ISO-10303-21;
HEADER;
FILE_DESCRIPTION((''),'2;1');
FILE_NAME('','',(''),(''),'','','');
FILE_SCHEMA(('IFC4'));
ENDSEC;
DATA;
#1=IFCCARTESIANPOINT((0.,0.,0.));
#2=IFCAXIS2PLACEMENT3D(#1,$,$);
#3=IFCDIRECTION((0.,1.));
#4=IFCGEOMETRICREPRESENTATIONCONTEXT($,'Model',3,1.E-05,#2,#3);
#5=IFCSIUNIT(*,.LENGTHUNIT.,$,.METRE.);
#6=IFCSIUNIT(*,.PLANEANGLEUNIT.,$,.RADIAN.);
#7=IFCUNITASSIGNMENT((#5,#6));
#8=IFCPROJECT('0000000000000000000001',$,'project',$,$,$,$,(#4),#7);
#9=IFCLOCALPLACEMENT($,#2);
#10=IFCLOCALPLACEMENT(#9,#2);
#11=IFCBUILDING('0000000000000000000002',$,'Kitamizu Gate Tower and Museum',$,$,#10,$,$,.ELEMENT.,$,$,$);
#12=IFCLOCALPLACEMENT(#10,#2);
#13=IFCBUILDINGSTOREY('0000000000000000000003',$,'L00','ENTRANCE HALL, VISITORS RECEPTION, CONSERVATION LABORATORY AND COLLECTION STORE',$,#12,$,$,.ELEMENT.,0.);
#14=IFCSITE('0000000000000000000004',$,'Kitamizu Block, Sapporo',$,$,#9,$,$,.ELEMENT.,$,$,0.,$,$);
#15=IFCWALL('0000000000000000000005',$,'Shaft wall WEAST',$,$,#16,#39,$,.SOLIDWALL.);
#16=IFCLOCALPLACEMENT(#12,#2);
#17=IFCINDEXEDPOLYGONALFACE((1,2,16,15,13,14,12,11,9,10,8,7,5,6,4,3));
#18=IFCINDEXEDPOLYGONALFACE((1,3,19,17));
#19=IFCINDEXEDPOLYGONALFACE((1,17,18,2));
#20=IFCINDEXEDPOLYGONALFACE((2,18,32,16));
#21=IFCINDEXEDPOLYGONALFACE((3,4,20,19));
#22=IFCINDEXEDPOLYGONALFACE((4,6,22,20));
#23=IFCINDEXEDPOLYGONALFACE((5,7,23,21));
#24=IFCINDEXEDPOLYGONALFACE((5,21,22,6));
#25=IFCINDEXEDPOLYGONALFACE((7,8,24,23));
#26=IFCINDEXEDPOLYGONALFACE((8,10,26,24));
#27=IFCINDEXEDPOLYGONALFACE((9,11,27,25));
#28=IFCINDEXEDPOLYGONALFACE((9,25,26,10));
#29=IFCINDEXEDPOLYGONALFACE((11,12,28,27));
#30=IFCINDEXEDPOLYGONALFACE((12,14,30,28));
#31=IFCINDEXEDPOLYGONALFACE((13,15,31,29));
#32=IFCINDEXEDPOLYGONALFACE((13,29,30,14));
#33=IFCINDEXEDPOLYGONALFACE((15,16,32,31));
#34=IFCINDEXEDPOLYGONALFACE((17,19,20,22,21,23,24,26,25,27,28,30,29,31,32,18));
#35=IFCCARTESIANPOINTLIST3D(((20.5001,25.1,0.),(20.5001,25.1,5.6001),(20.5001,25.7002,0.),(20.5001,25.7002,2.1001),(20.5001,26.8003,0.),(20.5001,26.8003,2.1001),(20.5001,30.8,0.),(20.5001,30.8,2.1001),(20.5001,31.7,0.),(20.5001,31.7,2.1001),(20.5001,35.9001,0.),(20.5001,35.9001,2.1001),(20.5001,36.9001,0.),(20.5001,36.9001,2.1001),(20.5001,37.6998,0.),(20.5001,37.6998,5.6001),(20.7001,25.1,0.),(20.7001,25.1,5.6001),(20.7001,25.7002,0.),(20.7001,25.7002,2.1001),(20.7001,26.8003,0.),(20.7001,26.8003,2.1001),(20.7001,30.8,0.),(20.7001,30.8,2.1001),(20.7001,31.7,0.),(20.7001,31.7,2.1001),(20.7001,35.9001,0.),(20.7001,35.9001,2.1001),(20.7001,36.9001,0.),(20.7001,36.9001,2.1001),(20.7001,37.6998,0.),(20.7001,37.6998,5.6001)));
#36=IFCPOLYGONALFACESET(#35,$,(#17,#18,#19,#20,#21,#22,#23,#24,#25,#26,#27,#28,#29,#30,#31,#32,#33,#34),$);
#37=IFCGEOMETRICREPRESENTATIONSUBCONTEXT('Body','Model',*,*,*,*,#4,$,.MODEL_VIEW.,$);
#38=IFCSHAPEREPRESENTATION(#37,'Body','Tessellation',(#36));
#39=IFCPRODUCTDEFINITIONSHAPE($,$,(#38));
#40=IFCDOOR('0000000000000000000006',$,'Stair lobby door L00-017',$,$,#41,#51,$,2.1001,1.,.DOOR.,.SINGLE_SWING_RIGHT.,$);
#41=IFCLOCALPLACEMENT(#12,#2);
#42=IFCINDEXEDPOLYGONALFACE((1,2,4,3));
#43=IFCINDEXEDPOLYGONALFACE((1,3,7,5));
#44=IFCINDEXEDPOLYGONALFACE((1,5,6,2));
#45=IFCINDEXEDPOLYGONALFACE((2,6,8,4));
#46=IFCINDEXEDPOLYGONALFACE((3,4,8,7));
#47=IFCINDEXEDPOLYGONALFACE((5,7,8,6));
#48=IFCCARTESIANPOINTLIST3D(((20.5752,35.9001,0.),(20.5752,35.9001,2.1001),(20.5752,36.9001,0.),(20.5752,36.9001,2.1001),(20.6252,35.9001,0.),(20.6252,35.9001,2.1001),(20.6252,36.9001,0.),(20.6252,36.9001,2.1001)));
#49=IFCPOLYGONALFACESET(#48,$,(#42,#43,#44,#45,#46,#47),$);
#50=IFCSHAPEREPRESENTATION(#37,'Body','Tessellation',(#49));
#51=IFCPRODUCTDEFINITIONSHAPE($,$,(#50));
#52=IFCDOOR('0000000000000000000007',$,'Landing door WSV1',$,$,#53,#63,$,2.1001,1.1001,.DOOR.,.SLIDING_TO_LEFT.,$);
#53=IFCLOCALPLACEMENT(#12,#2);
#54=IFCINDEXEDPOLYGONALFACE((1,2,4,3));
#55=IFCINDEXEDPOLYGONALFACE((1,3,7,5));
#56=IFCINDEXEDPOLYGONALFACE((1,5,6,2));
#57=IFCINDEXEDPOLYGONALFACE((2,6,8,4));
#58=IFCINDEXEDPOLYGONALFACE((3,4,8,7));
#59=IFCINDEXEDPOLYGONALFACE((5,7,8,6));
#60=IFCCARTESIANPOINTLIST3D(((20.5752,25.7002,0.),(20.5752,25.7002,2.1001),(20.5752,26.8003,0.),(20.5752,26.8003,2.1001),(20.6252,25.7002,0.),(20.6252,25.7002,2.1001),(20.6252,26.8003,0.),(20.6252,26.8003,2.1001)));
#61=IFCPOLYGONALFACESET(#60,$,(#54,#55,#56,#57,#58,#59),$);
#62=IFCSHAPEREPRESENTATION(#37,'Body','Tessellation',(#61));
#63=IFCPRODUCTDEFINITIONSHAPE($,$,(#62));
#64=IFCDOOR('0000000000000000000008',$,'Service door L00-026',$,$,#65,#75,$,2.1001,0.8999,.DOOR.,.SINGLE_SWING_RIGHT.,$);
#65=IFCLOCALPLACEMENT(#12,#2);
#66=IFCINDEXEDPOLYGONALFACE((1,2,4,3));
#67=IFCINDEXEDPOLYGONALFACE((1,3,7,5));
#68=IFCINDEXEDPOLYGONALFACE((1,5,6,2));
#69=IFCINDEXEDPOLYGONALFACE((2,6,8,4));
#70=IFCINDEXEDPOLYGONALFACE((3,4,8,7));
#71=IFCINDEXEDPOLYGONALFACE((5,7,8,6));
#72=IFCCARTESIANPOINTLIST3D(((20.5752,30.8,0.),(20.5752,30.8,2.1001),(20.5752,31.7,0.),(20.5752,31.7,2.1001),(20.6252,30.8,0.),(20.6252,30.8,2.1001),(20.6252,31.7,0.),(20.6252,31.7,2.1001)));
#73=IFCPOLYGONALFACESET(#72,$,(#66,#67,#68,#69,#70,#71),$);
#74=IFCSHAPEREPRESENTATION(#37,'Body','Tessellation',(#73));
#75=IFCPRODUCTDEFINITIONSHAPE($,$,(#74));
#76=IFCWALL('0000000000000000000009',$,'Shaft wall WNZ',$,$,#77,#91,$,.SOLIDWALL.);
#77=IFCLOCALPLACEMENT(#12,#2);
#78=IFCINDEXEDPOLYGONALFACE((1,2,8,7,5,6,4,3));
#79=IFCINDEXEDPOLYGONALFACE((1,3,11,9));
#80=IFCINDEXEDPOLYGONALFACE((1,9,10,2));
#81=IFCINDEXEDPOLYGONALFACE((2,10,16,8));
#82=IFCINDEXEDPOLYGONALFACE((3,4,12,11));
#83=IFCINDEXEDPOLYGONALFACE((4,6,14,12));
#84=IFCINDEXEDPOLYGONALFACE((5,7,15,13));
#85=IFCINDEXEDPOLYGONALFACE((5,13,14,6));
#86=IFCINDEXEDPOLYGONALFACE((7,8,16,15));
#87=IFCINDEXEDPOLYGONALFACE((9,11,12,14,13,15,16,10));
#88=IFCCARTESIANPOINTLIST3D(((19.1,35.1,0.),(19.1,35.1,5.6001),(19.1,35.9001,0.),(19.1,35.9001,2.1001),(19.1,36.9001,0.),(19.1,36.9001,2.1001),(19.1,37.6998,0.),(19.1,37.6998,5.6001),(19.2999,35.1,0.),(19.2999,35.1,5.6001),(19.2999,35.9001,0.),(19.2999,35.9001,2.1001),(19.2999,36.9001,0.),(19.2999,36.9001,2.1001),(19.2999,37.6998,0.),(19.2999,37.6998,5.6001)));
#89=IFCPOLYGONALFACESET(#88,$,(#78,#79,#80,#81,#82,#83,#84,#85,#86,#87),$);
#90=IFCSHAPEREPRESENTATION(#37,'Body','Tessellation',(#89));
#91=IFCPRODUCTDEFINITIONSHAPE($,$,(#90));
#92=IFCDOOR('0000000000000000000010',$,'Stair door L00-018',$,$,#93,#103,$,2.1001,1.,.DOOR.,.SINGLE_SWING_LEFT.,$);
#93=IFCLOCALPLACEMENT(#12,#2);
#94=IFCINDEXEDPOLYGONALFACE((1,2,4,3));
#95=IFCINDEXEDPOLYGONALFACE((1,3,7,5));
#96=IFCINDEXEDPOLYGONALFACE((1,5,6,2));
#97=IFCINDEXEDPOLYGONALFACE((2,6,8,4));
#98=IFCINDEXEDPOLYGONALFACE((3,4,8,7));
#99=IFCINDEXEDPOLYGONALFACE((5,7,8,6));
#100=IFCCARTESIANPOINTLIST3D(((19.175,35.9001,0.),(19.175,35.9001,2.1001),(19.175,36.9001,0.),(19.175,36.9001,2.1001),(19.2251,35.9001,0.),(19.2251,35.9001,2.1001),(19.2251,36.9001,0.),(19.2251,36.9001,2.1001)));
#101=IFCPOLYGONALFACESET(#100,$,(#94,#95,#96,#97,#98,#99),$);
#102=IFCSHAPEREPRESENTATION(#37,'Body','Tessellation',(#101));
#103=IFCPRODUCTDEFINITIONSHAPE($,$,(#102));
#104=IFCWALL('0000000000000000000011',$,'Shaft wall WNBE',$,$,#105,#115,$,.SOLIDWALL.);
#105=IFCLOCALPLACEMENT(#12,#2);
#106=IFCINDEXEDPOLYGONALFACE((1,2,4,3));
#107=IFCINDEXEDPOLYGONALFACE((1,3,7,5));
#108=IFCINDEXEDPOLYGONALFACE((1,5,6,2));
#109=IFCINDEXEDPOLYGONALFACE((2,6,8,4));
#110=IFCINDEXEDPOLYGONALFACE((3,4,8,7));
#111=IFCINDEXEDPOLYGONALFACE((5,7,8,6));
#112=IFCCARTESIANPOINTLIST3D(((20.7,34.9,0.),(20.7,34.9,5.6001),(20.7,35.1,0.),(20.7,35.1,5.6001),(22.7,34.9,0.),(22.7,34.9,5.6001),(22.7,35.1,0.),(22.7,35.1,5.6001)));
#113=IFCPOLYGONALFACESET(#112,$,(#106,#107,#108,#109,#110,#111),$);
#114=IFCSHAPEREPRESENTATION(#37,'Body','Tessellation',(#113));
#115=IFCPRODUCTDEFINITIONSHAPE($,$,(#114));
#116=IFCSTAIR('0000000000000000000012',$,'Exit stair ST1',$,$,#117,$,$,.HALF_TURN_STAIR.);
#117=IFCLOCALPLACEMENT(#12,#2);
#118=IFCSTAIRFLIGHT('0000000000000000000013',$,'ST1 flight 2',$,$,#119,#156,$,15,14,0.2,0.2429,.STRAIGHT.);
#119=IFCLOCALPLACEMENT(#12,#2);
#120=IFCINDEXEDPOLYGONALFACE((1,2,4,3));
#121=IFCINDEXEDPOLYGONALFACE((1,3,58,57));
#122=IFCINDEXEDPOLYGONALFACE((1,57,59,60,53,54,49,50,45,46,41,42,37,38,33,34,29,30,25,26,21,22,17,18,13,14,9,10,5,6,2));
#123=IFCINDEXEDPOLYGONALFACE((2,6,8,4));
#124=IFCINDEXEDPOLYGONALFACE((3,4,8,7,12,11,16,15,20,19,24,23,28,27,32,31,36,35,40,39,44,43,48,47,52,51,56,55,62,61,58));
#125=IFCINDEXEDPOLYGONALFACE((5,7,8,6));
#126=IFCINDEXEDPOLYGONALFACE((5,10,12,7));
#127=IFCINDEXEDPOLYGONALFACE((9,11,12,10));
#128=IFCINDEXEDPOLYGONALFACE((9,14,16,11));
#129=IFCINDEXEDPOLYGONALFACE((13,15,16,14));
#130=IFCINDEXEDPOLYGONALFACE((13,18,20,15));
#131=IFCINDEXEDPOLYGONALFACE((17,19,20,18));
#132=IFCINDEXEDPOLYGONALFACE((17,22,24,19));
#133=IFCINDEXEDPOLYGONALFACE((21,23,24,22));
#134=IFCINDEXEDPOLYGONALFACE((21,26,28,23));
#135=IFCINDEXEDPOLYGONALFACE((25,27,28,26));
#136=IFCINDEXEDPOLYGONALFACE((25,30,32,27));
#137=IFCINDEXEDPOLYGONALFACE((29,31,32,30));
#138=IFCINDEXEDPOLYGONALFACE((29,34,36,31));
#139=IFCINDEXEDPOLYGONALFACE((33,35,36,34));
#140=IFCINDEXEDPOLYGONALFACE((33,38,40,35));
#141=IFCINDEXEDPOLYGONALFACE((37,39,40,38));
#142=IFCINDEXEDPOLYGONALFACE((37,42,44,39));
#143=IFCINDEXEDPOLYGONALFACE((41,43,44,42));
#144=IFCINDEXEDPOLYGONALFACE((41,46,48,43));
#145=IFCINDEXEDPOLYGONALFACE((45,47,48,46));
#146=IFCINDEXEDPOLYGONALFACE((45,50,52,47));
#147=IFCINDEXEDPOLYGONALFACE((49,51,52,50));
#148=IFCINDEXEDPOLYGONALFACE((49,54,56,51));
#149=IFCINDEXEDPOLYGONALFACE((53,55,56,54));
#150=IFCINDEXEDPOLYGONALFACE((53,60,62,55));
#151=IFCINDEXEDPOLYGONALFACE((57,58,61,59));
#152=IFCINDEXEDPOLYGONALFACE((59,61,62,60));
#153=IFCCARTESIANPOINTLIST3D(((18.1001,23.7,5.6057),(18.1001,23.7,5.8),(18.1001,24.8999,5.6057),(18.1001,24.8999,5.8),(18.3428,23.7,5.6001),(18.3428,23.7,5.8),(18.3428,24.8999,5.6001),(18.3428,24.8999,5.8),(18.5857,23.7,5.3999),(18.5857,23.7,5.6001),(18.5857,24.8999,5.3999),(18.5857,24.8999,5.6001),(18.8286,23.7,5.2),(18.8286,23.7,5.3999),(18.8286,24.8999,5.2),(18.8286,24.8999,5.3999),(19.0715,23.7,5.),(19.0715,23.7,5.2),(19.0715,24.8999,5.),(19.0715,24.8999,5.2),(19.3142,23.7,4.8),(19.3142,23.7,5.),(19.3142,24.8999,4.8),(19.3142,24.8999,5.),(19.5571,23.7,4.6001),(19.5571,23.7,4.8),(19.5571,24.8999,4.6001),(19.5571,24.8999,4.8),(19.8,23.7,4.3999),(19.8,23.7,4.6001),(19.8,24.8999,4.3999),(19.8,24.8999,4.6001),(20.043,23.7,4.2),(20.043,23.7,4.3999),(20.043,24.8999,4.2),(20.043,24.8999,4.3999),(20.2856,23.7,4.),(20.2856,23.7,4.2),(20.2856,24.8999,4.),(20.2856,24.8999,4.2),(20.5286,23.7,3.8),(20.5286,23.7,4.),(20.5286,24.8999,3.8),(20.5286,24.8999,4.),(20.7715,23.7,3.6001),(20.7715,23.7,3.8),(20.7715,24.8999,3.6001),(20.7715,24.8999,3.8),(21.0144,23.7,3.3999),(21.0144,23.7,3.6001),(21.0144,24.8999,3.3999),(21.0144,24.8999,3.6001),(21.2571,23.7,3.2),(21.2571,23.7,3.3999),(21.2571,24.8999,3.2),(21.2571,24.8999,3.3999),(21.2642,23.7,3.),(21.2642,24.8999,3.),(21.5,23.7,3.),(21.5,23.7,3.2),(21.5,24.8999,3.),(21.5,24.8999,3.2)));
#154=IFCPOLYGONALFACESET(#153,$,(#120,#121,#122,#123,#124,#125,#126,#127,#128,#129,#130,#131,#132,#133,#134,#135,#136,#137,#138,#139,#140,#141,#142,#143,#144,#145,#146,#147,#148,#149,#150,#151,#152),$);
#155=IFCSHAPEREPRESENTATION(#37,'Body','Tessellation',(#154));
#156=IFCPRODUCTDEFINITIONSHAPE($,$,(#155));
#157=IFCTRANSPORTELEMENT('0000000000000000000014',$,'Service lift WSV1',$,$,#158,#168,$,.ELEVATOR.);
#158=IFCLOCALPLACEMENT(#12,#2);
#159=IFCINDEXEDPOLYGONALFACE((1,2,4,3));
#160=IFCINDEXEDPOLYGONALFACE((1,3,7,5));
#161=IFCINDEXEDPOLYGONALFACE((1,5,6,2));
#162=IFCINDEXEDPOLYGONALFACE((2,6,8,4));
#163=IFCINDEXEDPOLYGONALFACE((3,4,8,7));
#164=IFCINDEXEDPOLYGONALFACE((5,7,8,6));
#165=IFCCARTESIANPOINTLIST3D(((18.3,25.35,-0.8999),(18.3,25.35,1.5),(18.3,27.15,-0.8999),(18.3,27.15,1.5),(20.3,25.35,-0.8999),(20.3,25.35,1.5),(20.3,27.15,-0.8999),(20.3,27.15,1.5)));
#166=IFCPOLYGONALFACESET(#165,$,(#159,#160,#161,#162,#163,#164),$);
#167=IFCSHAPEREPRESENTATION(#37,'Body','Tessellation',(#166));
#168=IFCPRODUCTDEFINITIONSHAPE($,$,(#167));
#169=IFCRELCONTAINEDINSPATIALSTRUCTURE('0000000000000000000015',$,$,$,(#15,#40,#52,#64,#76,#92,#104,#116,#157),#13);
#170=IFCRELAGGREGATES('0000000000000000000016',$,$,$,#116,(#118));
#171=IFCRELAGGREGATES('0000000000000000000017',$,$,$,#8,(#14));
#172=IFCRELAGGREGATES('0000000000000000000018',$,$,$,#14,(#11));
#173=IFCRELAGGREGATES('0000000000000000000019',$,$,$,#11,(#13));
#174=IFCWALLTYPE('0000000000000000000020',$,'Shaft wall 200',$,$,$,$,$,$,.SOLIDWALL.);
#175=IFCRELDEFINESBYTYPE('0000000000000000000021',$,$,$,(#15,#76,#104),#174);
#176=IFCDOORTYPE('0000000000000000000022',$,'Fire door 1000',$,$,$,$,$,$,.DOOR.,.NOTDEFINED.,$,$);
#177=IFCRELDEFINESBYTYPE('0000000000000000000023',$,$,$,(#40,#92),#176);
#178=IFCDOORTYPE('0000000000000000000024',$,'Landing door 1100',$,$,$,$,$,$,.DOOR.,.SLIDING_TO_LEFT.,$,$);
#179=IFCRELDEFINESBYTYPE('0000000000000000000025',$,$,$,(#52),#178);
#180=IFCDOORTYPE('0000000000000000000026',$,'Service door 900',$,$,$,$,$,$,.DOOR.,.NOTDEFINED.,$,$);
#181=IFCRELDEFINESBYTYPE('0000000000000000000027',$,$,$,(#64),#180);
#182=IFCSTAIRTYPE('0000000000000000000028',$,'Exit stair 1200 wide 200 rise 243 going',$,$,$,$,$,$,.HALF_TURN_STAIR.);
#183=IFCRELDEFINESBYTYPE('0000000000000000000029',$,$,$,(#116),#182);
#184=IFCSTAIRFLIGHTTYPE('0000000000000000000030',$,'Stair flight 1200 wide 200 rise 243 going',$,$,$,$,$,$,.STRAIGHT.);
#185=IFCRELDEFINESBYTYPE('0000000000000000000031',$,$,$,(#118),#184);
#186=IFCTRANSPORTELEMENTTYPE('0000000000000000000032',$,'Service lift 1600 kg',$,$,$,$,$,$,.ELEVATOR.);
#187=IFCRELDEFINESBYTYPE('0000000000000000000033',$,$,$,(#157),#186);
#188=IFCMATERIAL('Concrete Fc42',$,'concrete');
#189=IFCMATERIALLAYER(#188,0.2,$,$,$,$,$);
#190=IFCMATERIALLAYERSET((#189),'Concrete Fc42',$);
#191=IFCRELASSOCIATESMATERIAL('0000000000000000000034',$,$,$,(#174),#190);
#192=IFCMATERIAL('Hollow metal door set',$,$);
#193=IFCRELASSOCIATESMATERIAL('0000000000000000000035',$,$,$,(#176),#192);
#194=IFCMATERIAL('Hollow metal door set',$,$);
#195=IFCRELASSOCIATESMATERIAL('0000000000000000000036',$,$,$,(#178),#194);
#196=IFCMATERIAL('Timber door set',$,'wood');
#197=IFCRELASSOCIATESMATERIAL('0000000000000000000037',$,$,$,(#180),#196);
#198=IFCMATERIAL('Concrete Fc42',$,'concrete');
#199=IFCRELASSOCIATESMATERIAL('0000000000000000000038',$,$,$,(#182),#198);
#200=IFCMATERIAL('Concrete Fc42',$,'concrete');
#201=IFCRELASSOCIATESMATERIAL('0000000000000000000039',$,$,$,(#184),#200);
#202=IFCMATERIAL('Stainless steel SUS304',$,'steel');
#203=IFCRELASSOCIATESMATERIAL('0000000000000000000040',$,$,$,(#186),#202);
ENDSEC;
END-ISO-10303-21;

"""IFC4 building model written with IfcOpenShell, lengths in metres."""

from ifc_helpers import new_model, si_unit, direction, frame, frame_2d, origin, origin_2d, place, context, subcontext, project, spatial, polyline, rectangle, outline, extrude, material, layer, layer_set, type_object, element, fill, aggregate, save


model = new_model("IFC4")

# Units and contexts
model_context = context("Model", 3, precision=1e-05, world=origin(), true_north=direction((0.0, 1.0)))
body_context = subcontext(model_context, "Body", "Model", "MODEL_VIEW")
ifc_project = project(units=[si_unit("LENGTHUNIT", "METRE"), si_unit("PLANEANGLEUNIT", "RADIAN")], contexts=[model_context])

# Site, building, storey
site_placement = place(None, origin())
site = spatial("IfcSite", under=ifc_project, at=site_placement, Name="Kitamizu Block, Sapporo", CompositionType="ELEMENT", RefElevation=0.0)
building_placement = place(site_placement, origin())
building = spatial("IfcBuilding", under=site, at=building_placement, Name="Kitamizu Gate Tower and Museum", CompositionType="ELEMENT")
storey_placement = place(building_placement, origin())
storey = spatial("IfcBuildingStorey", under=building, at=storey_placement, Name="L00", Description="ENTRANCE HALL, VISITORS RECEPTION, CONSERVATION LABORATORY AND COLLECTION STORE", CompositionType="ELEMENT", Elevation=0.0)

# Wall, openings, doors
ifc_material_1 = material(Name="Concrete Fc42", Category="concrete")
ifc_layer_1 = layer(ifc_material_1, 0.2)
ifc_layer_set_1 = layer_set([ifc_layer_1], Name="Concrete Fc42")
wall_type_1 = type_object("IfcWallType", Name="Shaft wall 200", PredefinedType="SOLIDWALL", material=ifc_layer_set_1)
wall_1_placement = place(storey_placement, frame((20.6001, 25.1001, 0.0), z_axis=(0.0, 0.0, 1.0), x_axis=(0.0, 1.0, 0.0)))
wall_1 = element("IfcWall", 1, at=wall_1_placement, inside=storey, type_object=wall_type_1, Name="Shaft wall WEAST", PredefinedType="SOLIDWALL", context=body_context, shape_type="SweptSolid", body=[
    extrude(rectangle(XDim=12.5999, YDim=0.2, at=frame_2d((6.2998, 0.0))), origin(), (0.0, 0.0, 1.0), 5.6001),
])
opening_1_placement = place(wall_1_placement, frame((0.6001, 0.0, 0.0)))
opening_1 = element("IfcOpeningElement", 2, at=opening_1_placement, cuts=wall_1, PredefinedType="OPENING", context=body_context, shape_type="SweptSolid", body=[
    extrude(rectangle(XDim=1.1001, YDim=2.1001, at=frame_2d((0.55, 1.05))), frame((0.0, 0.1099, 0.0), z_axis=(0.0, -1.0, 0.0), x_axis=(1.0, 0.0, 0.0)), (0.0, 0.0, 1.0), 0.22),
])
opening_2_placement = place(wall_1_placement, frame((10.8, 0.0, 0.0)))
opening_2 = element("IfcOpeningElement", 3, at=opening_2_placement, cuts=wall_1, PredefinedType="OPENING", context=body_context, shape_type="SweptSolid", body=[
    extrude(rectangle(XDim=1.0, YDim=2.1001, at=frame_2d((0.5, 1.05))), frame((0.0, 0.1099, 0.0), z_axis=(0.0, -1.0, 0.0), x_axis=(1.0, 0.0, 0.0)), (0.0, 0.0, 1.0), 0.22),
])
opening_3_placement = place(wall_1_placement, frame((5.7, 0.0, 0.0)))
opening_3 = element("IfcOpeningElement", 4, at=opening_3_placement, cuts=wall_1, PredefinedType="OPENING", context=body_context, shape_type="SweptSolid", body=[
    extrude(rectangle(XDim=0.8999, YDim=2.1001, at=frame_2d((0.45, 1.05))), frame((0.0, 0.1099, 0.0), z_axis=(0.0, -1.0, 0.0), x_axis=(1.0, 0.0, 0.0)), (0.0, 0.0, 1.0), 0.22),
])
ifc_material_2 = material(Name="Hollow metal door set")
door_type_1 = type_object("IfcDoorType", Name="Fire door 1000", OperationType="NOTDEFINED", PredefinedType="DOOR", material=ifc_material_2)
door_1_placement = place(opening_2_placement, origin())
door_1 = element("IfcDoor", 5, at=door_1_placement, inside=storey, type_object=door_type_1, Name="Stair lobby door L00-017", OperationType="SINGLE_SWING_RIGHT", OverallHeight=2.1001, OverallWidth=1.0, PredefinedType="DOOR", context=body_context, shape_type="SweptSolid", body=[
    extrude(rectangle(XDim=1.0, YDim=2.1001, at=frame_2d((0.5, 1.05))), frame((0.0, 0.0249, 0.0), z_axis=(0.0, -1.0, 0.0), x_axis=(1.0, 0.0, 0.0)), (0.0, 0.0, 1.0), 0.05),
])
fill(opening_2, door_1)
ifc_material_3 = material(Name="Hollow metal door set")
door_type_2 = type_object("IfcDoorType", Name="Landing door 1100", OperationType="SLIDING_TO_LEFT", PredefinedType="DOOR", material=ifc_material_3)
door_2_placement = place(opening_1_placement, origin())
door_2 = element("IfcDoor", 6, at=door_2_placement, inside=storey, type_object=door_type_2, Name="Landing door WSV1", OperationType="SLIDING_TO_LEFT", OverallHeight=2.1001, OverallWidth=1.1001, PredefinedType="DOOR", context=body_context, shape_type="SweptSolid", body=[
    extrude(rectangle(XDim=1.1001, YDim=2.1001, at=frame_2d((0.55, 1.05))), frame((0.0, 0.0249, 0.0), z_axis=(0.0, -1.0, 0.0), x_axis=(1.0, 0.0, 0.0)), (0.0, 0.0, 1.0), 0.05),
])
fill(opening_1, door_2)
ifc_material_4 = material(Name="Timber door set", Category="wood")
door_type_3 = type_object("IfcDoorType", Name="Service door 900", OperationType="NOTDEFINED", PredefinedType="DOOR", material=ifc_material_4)
door_3_placement = place(opening_3_placement, origin())
door_3 = element("IfcDoor", 7, at=door_3_placement, inside=storey, type_object=door_type_3, Name="Service door L00-026", OperationType="SINGLE_SWING_RIGHT", OverallHeight=2.1001, OverallWidth=0.8999, PredefinedType="DOOR", context=body_context, shape_type="SweptSolid", body=[
    extrude(rectangle(XDim=0.8999, YDim=2.1001, at=frame_2d((0.45, 1.05))), frame((0.0, 0.0249, 0.0), z_axis=(0.0, -1.0, 0.0), x_axis=(1.0, 0.0, 0.0)), (0.0, 0.0, 1.0), 0.05),
])
fill(opening_3, door_3)

# Wall, opening, door
wall_2_placement = place(storey_placement, frame((19.2, 35.1001, 0.0), z_axis=(0.0, 0.0, 1.0), x_axis=(0.0, 1.0, 0.0)))
wall_2 = element("IfcWall", 8, at=wall_2_placement, inside=storey, type_object=wall_type_1, Name="Shaft wall WNZ", PredefinedType="SOLIDWALL", context=body_context, shape_type="SweptSolid", body=[
    extrude(rectangle(XDim=2.5999, YDim=0.2, at=frame_2d((1.2998, 0.0))), origin(), (0.0, 0.0, 1.0), 5.6001),
])
opening_4_placement = place(wall_2_placement, frame((0.8, 0.0, 0.0)))
opening_4 = element("IfcOpeningElement", 9, at=opening_4_placement, cuts=wall_2, PredefinedType="OPENING", context=body_context, shape_type="SweptSolid", body=[
    extrude(rectangle(XDim=1.0, YDim=2.1001, at=frame_2d((0.5, 1.05))), frame((0.0, 0.1099, 0.0), z_axis=(0.0, -1.0, 0.0), x_axis=(1.0, 0.0, 0.0)), (0.0, 0.0, 1.0), 0.22),
])
door_4_placement = place(opening_4_placement, origin())
door_4 = element("IfcDoor", 10, at=door_4_placement, inside=storey, type_object=door_type_1, Name="Stair door L00-018", OperationType="SINGLE_SWING_LEFT", OverallHeight=2.1001, OverallWidth=1.0, PredefinedType="DOOR", context=body_context, shape_type="SweptSolid", body=[
    extrude(rectangle(XDim=1.0, YDim=2.1001, at=frame_2d((0.5, 1.05))), frame((0.0, 0.0249, 0.0), z_axis=(0.0, -1.0, 0.0), x_axis=(1.0, 0.0, 0.0)), (0.0, 0.0, 1.0), 0.05),
])
fill(opening_4, door_4)

# Wall
wall_3_placement = place(storey_placement, frame((20.7, 35.0, 0.0), z_axis=(0.0, 0.0, 1.0), x_axis=(1.0, 0.0, 0.0)))
element("IfcWall", 11, at=wall_3_placement, inside=storey, type_object=wall_type_1, Name="Shaft wall WNBE", PredefinedType="SOLIDWALL", context=body_context, shape_type="SweptSolid", body=[
    extrude(rectangle(XDim=2.0, YDim=0.2, at=frame_2d((1.0, 0.0))), origin(), (0.0, 0.0, 1.0), 5.6001),
])

# Stair, stair flight
ifc_material_5 = material(Name="Concrete Fc42", Category="concrete")
stair_type = type_object("IfcStairType", Name="Exit stair 1200 wide 200 rise 243 going", PredefinedType="HALF_TURN_STAIR", material=ifc_material_5)
stair_placement = place(storey_placement, origin())
stair = element("IfcStair", 12, at=stair_placement, inside=storey, type_object=stair_type, Name="Exit stair ST1", PredefinedType="HALF_TURN_STAIR")
ifc_material_6 = material(Name="Concrete Fc42", Category="concrete")
stair_flight_type = type_object("IfcStairFlightType", Name="Stair flight 1200 wide 200 rise 243 going", PredefinedType="STRAIGHT", material=ifc_material_6)
stair_flight_placement = place(storey_placement, frame((21.5, 24.3, 3.0), z_axis=(0.0, 0.0, 1.0), x_axis=(-1.0, 0.0, 0.0)))
stair_flight = element("IfcStairFlight", 13, at=stair_flight_placement, type_object=stair_flight_type, Name="ST1 flight 2", NumberOfRisers=15, NumberOfTreads=14, PredefinedType="STRAIGHT", RiserHeight=0.2, TreadLength=0.2429, context=body_context, shape_type="SweptSolid", body=[
    extrude(outline(polyline([(0.0, 0.0), (0.0, 0.2), (0.2429, 0.2), (0.2429, 0.3999), (0.4856, 0.3999), (0.4856, 0.6001), (0.7285, 0.6001), (0.7285, 0.8), (0.9714, 0.8), (0.9714, 1.0), (1.2144, 1.0), (1.2144, 1.2), (1.457, 1.2), (1.457, 1.3999), (1.7, 1.3999), (1.7, 1.6001), (1.9429, 1.6001), (1.9429, 1.8), (2.1858, 1.8), (2.1858, 2.0), (2.4285, 2.0), (2.4285, 2.2), (2.6714, 2.2), (2.6714, 2.3999), (2.9143, 2.3999), (2.9143, 2.6001), (3.1572, 2.6001), (3.1572, 2.8), (3.3999, 2.8), (3.3999, 3.0), (3.3999, 2.6057), (0.2358, 0.0), (0.0, 0.0)])), frame((0.0, 0.6001, 0.0), z_axis=(0.0, -1.0, 0.0), x_axis=(1.0, 0.0, 0.0)), (0.0, 0.0, 1.0), 1.2),
])
aggregate(stair, [stair_flight])

# Transport element
ifc_material_7 = material(Name="Stainless steel SUS304", Category="steel")
transport_element_type = type_object("IfcTransportElementType", Name="Service lift 1600 kg", PredefinedType="ELEVATOR", material=ifc_material_7)
transport_element_placement = place(storey_placement, frame((19.3, 26.25, -0.8999), z_axis=(0.0, 0.0, 1.0), x_axis=(1.0, 0.0, 0.0)))
element("IfcTransportElement", 14, at=transport_element_placement, inside=storey, type_object=transport_element_type, Name="Service lift WSV1", PredefinedType="ELEVATOR", context=body_context, shape_type="SweptSolid", body=[
    extrude(rectangle(XDim=2.0, YDim=1.8, at=origin_2d()), origin(), (0.0, 0.0, 1.0), 2.3999),
])

save(model, "model.ifc")
